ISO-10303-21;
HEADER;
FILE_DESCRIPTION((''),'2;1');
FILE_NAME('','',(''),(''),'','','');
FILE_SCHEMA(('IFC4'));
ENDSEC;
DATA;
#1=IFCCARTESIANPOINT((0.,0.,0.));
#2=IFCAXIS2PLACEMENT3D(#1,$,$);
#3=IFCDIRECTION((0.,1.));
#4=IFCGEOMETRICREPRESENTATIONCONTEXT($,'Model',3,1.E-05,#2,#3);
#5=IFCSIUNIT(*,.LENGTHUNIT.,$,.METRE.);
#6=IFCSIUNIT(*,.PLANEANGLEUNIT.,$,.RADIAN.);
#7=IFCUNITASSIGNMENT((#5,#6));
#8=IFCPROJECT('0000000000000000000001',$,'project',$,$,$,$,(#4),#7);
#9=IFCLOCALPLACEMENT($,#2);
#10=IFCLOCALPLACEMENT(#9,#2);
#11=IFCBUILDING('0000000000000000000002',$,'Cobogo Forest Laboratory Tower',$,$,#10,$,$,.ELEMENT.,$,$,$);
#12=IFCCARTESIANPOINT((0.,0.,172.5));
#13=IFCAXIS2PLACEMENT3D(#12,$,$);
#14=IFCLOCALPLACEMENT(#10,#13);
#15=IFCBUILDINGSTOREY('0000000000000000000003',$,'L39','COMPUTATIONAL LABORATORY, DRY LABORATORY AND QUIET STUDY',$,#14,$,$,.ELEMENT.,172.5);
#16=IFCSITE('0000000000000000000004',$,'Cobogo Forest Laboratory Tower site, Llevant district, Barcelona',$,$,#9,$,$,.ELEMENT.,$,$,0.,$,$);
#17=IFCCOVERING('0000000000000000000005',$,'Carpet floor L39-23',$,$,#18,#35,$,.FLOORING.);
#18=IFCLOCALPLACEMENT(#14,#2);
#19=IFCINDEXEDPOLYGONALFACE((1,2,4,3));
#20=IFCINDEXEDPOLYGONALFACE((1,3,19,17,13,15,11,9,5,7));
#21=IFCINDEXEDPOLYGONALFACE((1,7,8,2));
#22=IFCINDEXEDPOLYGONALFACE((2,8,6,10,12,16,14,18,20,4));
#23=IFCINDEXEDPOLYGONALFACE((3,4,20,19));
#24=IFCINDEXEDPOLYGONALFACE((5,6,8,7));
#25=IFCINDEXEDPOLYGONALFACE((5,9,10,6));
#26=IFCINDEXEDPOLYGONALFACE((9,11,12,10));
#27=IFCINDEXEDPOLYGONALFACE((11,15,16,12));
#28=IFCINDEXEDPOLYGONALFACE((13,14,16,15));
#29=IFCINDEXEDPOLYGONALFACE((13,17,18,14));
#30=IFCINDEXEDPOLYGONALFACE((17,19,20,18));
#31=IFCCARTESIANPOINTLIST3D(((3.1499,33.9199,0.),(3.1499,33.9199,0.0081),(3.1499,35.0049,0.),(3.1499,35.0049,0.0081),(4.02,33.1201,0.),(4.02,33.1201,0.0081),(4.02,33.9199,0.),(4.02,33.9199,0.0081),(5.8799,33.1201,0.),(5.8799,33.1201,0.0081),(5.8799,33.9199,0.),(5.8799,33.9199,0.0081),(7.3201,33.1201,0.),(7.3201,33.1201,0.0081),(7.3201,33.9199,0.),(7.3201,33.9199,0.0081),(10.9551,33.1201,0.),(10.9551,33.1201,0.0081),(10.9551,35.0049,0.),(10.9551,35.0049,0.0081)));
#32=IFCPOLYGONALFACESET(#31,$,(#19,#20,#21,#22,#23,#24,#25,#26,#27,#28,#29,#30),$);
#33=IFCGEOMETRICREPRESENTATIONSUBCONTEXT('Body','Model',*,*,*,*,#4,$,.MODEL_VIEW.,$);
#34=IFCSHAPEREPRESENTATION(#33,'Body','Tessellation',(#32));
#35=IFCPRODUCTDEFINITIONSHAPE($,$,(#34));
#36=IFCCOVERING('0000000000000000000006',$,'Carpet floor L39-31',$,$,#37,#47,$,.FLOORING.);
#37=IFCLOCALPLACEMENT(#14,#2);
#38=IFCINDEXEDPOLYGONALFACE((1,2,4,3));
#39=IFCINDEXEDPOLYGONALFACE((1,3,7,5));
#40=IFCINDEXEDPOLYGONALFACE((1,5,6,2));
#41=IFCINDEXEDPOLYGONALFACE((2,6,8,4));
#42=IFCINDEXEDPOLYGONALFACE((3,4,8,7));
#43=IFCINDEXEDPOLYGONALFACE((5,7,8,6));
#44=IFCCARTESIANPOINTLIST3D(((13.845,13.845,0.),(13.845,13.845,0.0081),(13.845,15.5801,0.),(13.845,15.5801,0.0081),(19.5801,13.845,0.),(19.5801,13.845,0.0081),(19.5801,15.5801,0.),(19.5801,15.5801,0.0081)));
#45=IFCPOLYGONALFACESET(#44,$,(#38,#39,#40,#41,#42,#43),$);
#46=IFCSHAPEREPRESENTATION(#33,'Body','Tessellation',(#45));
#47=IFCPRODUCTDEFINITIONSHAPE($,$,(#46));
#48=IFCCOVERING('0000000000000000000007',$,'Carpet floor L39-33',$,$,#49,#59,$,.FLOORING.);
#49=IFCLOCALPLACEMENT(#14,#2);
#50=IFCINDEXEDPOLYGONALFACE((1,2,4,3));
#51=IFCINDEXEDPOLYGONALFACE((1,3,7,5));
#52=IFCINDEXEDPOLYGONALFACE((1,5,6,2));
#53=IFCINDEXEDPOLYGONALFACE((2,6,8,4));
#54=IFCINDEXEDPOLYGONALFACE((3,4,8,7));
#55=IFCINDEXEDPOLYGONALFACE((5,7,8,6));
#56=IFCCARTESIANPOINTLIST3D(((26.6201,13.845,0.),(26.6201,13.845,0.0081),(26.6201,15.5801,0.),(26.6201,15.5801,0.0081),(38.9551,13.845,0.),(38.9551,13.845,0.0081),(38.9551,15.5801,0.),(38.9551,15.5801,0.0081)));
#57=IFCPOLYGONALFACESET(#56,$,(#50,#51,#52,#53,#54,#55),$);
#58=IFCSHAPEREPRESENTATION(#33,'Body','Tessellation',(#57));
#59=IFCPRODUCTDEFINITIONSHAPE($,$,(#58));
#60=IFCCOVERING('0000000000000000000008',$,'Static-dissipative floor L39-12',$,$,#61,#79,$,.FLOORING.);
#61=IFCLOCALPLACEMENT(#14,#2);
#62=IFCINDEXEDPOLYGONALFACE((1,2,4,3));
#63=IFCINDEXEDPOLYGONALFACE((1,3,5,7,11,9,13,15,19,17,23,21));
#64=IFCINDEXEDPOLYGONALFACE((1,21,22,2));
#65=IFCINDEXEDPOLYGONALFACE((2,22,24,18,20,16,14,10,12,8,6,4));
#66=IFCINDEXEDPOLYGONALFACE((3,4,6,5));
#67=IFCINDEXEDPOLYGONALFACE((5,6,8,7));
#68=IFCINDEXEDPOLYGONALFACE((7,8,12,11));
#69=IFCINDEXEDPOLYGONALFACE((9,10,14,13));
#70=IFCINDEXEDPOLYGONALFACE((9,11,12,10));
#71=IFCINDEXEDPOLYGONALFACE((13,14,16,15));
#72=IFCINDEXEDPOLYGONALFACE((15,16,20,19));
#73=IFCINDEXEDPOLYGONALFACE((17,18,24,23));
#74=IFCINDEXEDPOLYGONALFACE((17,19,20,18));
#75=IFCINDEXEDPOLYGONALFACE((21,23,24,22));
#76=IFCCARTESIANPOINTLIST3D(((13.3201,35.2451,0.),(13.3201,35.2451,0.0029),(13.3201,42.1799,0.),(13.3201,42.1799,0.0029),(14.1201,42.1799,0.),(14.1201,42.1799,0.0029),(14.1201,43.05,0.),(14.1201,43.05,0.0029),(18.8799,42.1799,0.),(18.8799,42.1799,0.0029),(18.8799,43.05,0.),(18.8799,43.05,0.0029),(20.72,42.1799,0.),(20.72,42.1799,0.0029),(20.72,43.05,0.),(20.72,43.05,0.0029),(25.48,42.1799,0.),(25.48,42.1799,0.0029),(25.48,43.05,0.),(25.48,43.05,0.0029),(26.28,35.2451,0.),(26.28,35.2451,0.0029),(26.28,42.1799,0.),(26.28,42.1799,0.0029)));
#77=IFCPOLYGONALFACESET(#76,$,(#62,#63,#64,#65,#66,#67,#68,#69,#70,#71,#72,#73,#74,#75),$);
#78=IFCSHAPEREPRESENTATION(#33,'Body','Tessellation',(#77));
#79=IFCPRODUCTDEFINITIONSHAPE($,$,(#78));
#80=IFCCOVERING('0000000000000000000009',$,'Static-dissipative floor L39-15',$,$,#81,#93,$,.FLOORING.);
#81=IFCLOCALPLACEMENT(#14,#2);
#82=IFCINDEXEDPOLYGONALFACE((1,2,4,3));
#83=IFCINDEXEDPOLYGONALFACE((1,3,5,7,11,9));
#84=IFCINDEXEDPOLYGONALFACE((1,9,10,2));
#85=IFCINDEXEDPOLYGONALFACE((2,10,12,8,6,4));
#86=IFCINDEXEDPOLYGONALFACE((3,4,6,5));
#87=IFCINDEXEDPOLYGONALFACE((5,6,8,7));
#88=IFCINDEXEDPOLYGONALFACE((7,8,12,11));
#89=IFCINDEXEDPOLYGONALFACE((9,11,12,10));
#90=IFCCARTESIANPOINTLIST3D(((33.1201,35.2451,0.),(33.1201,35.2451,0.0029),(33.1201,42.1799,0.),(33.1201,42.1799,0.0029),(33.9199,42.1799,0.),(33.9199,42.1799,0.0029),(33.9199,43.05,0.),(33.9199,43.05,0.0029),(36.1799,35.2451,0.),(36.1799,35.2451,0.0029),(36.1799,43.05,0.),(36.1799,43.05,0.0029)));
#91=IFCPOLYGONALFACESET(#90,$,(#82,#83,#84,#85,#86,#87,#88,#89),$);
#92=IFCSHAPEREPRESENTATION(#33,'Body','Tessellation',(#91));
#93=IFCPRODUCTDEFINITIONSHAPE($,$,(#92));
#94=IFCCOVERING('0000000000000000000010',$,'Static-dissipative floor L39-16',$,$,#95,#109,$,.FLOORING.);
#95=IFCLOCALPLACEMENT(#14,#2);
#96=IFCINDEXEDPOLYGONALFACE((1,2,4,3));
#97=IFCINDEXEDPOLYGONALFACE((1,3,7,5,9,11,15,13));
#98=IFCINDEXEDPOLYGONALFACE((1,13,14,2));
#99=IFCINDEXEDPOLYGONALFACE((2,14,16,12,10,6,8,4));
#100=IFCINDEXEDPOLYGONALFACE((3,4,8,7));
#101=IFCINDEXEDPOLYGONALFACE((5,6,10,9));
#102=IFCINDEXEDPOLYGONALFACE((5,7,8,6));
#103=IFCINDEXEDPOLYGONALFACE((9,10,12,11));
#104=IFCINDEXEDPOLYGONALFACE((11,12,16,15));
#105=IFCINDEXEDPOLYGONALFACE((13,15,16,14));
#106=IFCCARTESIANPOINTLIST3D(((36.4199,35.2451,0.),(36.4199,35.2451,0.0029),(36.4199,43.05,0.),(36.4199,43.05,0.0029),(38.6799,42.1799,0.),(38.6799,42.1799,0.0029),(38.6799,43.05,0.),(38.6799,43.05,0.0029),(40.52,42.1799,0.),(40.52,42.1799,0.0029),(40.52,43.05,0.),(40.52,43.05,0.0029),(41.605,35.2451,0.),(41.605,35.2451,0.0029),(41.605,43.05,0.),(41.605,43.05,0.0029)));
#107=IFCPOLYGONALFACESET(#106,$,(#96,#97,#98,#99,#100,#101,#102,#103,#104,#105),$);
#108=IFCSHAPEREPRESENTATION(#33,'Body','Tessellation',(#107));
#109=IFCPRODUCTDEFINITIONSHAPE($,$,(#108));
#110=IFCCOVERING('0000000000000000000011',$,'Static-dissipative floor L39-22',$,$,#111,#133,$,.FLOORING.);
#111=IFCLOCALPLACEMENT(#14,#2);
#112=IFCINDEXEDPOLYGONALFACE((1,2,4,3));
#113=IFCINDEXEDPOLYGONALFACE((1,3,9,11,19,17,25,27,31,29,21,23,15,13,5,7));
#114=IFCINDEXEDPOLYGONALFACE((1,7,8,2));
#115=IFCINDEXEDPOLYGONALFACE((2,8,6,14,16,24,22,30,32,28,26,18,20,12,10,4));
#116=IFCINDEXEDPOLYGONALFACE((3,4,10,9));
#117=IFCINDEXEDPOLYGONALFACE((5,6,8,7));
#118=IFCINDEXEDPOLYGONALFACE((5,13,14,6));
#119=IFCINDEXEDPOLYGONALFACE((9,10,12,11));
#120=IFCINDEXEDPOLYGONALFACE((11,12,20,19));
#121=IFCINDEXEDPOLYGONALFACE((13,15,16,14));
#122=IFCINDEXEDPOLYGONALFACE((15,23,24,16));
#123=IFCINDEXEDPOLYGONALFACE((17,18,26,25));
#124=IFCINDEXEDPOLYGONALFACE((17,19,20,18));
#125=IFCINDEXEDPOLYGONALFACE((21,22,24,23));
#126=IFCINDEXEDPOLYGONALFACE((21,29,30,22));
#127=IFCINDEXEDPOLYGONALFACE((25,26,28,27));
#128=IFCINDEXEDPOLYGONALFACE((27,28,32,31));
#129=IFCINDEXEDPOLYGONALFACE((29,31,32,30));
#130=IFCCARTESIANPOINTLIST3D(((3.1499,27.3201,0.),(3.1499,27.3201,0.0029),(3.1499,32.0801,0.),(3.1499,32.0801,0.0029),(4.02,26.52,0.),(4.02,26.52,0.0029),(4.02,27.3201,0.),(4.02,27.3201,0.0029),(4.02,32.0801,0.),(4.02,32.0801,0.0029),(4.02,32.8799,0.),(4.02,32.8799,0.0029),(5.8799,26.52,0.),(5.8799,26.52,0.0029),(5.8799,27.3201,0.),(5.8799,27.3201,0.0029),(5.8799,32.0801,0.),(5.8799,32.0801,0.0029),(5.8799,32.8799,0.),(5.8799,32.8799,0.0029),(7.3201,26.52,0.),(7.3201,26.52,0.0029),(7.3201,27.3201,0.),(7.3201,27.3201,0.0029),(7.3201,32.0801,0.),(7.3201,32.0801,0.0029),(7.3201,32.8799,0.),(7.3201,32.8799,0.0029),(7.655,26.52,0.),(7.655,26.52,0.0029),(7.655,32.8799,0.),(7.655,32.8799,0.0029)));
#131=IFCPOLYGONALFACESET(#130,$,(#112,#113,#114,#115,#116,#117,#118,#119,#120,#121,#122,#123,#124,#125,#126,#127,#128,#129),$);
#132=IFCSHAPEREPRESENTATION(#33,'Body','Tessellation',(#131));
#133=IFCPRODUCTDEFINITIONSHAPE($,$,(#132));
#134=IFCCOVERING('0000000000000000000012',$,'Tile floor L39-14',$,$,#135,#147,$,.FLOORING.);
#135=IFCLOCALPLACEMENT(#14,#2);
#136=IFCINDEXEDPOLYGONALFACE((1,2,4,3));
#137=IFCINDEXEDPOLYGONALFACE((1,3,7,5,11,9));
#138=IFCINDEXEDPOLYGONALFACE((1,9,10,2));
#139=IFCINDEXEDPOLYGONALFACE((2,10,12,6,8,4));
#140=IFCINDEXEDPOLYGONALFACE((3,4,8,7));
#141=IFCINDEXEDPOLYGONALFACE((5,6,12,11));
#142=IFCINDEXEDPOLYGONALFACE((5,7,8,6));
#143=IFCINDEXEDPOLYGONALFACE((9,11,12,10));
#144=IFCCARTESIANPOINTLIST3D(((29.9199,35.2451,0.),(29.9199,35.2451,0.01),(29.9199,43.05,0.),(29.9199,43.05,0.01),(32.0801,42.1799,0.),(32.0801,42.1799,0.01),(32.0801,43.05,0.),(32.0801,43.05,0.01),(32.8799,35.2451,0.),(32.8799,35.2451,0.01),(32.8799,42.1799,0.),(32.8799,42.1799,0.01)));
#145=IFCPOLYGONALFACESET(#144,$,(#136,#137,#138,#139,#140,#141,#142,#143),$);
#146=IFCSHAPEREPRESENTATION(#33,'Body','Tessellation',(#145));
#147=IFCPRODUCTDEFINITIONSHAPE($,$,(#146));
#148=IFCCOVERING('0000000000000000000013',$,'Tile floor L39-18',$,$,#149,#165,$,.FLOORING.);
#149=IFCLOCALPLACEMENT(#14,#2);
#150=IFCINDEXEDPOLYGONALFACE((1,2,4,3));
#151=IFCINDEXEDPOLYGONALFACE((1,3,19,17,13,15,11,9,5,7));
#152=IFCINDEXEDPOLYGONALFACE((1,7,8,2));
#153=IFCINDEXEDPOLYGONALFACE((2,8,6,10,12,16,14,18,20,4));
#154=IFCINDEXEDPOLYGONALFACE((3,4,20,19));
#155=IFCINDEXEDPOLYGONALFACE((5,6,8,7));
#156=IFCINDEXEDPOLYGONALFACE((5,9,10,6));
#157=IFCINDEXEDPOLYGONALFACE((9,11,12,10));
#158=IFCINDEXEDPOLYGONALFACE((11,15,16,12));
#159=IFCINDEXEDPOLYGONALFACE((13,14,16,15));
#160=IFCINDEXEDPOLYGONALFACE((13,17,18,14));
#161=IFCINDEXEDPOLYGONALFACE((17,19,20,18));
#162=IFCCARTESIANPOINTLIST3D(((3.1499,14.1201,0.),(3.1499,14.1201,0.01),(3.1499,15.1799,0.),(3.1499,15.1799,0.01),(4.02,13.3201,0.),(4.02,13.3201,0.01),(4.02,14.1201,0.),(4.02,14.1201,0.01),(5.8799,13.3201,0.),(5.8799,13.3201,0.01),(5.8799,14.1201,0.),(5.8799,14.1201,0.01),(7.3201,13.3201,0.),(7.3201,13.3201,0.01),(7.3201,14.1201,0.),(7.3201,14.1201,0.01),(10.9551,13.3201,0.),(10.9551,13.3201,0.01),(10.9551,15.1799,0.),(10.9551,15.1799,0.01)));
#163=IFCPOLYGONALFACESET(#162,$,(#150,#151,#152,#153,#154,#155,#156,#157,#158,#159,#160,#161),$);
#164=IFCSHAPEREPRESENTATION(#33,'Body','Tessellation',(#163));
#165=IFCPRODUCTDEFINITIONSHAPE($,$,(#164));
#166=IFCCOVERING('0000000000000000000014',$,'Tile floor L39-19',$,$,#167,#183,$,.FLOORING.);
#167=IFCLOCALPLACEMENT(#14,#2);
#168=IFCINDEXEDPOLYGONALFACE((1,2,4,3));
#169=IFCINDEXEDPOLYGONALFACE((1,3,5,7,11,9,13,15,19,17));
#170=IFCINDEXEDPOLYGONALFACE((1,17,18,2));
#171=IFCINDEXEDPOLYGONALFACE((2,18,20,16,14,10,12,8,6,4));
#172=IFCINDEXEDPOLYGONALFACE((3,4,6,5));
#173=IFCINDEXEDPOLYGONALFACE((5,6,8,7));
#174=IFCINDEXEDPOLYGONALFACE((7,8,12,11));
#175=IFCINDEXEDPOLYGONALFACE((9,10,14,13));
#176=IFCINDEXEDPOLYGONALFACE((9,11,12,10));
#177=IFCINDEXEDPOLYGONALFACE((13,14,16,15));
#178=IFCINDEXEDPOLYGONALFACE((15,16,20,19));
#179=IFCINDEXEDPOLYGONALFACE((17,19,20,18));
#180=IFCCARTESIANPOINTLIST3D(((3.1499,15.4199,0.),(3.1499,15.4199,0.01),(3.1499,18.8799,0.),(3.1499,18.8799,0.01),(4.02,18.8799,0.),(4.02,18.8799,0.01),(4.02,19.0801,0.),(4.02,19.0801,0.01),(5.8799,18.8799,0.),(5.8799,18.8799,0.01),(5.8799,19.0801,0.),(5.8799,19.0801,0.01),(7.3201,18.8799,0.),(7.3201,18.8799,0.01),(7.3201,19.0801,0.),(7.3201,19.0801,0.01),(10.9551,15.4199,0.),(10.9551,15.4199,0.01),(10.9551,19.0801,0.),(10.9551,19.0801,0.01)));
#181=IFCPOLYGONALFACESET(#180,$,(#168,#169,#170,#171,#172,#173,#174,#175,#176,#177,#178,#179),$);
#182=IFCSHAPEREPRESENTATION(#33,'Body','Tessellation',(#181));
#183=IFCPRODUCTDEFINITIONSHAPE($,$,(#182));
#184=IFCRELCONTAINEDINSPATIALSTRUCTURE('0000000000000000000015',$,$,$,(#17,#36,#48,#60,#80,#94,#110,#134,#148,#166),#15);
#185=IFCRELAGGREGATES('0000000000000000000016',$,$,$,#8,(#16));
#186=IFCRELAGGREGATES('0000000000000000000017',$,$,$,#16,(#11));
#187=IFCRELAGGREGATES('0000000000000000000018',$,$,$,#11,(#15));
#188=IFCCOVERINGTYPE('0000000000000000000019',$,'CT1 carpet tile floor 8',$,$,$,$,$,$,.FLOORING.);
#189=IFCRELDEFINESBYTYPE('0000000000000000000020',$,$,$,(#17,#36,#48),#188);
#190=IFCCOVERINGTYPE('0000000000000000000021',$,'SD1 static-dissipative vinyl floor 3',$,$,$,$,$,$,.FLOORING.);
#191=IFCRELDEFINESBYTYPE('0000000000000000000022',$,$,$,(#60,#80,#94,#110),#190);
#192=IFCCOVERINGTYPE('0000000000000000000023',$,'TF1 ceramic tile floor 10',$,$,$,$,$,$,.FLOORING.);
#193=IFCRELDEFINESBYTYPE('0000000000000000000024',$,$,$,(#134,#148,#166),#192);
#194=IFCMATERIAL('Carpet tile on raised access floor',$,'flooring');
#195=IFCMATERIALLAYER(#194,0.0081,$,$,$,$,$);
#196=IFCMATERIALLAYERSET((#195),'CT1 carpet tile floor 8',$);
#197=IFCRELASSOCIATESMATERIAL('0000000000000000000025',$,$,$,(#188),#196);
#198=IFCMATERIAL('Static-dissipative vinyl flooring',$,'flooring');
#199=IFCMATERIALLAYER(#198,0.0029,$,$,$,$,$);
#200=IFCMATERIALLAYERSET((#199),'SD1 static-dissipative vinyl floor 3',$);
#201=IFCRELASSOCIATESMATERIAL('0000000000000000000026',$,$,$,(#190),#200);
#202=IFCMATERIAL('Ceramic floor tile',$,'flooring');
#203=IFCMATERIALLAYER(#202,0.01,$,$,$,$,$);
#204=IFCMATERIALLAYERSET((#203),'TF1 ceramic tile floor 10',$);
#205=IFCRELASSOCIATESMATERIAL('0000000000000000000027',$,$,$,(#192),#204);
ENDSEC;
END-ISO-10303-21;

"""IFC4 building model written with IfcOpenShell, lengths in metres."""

from ifc_helpers import new_model, si_unit, direction, frame, origin, place, context, subcontext, project, spatial, polyline, outline, extrude, material, layer, layer_set, type_object, element, save


model = new_model("IFC4")

# Units and contexts
model_context = context("Model", 3, precision=1e-05, world=origin(), true_north=direction((0.0, 1.0)))
body_context = subcontext(model_context, "Body", "Model", "MODEL_VIEW")
ifc_project = project(units=[si_unit("LENGTHUNIT", "METRE"), si_unit("PLANEANGLEUNIT", "RADIAN")], contexts=[model_context])

# Site, building, storey
site_placement = place(None, origin())
site = spatial("IfcSite", under=ifc_project, at=site_placement, Name="Cobogo Forest Laboratory Tower site, Llevant district, Barcelona", CompositionType="ELEMENT", RefElevation=0.0)
building_placement = place(site_placement, origin())
building = spatial("IfcBuilding", under=site, at=building_placement, Name="Cobogo Forest Laboratory Tower", CompositionType="ELEMENT")
storey_placement = place(building_placement, frame((0.0, 0.0, 172.5)))
storey = spatial("IfcBuildingStorey", under=building, at=storey_placement, Name="L39", Description="COMPUTATIONAL LABORATORY, DRY LABORATORY AND QUIET STUDY", CompositionType="ELEMENT", Elevation=172.5)

# Coverings
ifc_material_1 = material(Name="Carpet tile on raised access floor", Category="flooring")
ifc_layer_1 = layer(ifc_material_1, 0.0081)
ifc_layer_set_1 = layer_set([ifc_layer_1], Name="CT1 carpet tile floor 8")
covering_type_1 = type_object("IfcCoveringType", Name="CT1 carpet tile floor 8", PredefinedType="FLOORING", material=ifc_layer_set_1)
covering_1_placement = place(storey_placement, origin())
element("IfcCovering", 1, at=covering_1_placement, inside=storey, type_object=covering_type_1, Name="Carpet floor L39-23", PredefinedType="FLOORING", context=body_context, shape_type="SweptSolid", body=[
    extrude(outline(polyline([(10.9551, 33.1201), (7.3201, 33.1201), (7.3201, 33.9199), (5.8799, 33.9199), (5.8799, 33.1201), (4.02, 33.1201), (4.02, 33.9199), (3.1499, 33.9199), (3.1499, 35.0049), (10.9551, 35.0049), (10.9551, 33.1201)])), origin(), (0.0, 0.0, 1.0), 0.0081),
])
covering_2_placement = place(storey_placement, origin())
element("IfcCovering", 2, at=covering_2_placement, inside=storey, type_object=covering_type_1, Name="Carpet floor L39-31", PredefinedType="FLOORING", context=body_context, shape_type="SweptSolid", body=[
    extrude(outline(polyline([(19.5801, 13.845), (13.845, 13.845), (13.845, 15.5801), (19.5801, 15.5801), (19.5801, 13.845)])), origin(), (0.0, 0.0, 1.0), 0.0081),
])
covering_3_placement = place(storey_placement, origin())
element("IfcCovering", 3, at=covering_3_placement, inside=storey, type_object=covering_type_1, Name="Carpet floor L39-33", PredefinedType="FLOORING", context=body_context, shape_type="SweptSolid", body=[
    extrude(outline(polyline([(38.9551, 13.845), (26.6201, 13.845), (26.6201, 15.5801), (38.9551, 15.5801), (38.9551, 13.845)])), origin(), (0.0, 0.0, 1.0), 0.0081),
])
ifc_material_2 = material(Name="Static-dissipative vinyl flooring", Category="flooring")
ifc_layer_2 = layer(ifc_material_2, 0.0029)
ifc_layer_set_2 = layer_set([ifc_layer_2], Name="SD1 static-dissipative vinyl floor 3")
covering_type_2 = type_object("IfcCoveringType", Name="SD1 static-dissipative vinyl floor 3", PredefinedType="FLOORING", material=ifc_layer_set_2)
covering_4_placement = place(storey_placement, origin())
element("IfcCovering", 4, at=covering_4_placement, inside=storey, type_object=covering_type_2, Name="Static-dissipative floor L39-12", PredefinedType="FLOORING", context=body_context, shape_type="SweptSolid", body=[
    extrude(outline(polyline([(13.3201, 35.2451), (13.3201, 42.1799), (14.1201, 42.1799), (14.1201, 43.05), (18.8799, 43.05), (18.8799, 42.1799), (20.72, 42.1799), (20.72, 43.05), (25.48, 43.05), (25.48, 42.1799), (26.28, 42.1799), (26.28, 35.2451), (13.3201, 35.2451)])), origin(), (0.0, 0.0, 1.0), 0.0029),
])
covering_5_placement = place(storey_placement, origin())
element("IfcCovering", 5, at=covering_5_placement, inside=storey, type_object=covering_type_2, Name="Static-dissipative floor L39-15", PredefinedType="FLOORING", context=body_context, shape_type="SweptSolid", body=[
    extrude(outline(polyline([(33.1201, 35.2451), (33.1201, 42.1799), (33.9199, 42.1799), (33.9199, 43.05), (36.1799, 43.05), (36.1799, 35.2451), (33.1201, 35.2451)])), origin(), (0.0, 0.0, 1.0), 0.0029),
])
covering_6_placement = place(storey_placement, origin())
element("IfcCovering", 6, at=covering_6_placement, inside=storey, type_object=covering_type_2, Name="Static-dissipative floor L39-16", PredefinedType="FLOORING", context=body_context, shape_type="SweptSolid", body=[
    extrude(outline(polyline([(36.4199, 35.2451), (36.4199, 43.05), (38.6799, 43.05), (38.6799, 42.1799), (40.52, 42.1799), (40.52, 43.05), (41.605, 43.05), (41.605, 35.2451), (36.4199, 35.2451)])), origin(), (0.0, 0.0, 1.0), 0.0029),
])
covering_7_placement = place(storey_placement, origin())
element("IfcCovering", 7, at=covering_7_placement, inside=storey, type_object=covering_type_2, Name="Static-dissipative floor L39-22", PredefinedType="FLOORING", context=body_context, shape_type="SweptSolid", body=[
    extrude(outline(polyline([(7.655, 26.52), (7.3201, 26.52), (7.3201, 27.3201), (5.8799, 27.3201), (5.8799, 26.52), (4.02, 26.52), (4.02, 27.3201), (3.1499, 27.3201), (3.1499, 32.0801), (4.02, 32.0801), (4.02, 32.8799), (5.8799, 32.8799), (5.8799, 32.0801), (7.3201, 32.0801), (7.3201, 32.8799), (7.655, 32.8799), (7.655, 26.52)])), origin(), (0.0, 0.0, 1.0), 0.0029),
])
ifc_material_3 = material(Name="Ceramic floor tile", Category="flooring")
ifc_layer_3 = layer(ifc_material_3, 0.01)
ifc_layer_set_3 = layer_set([ifc_layer_3], Name="TF1 ceramic tile floor 10")
covering_type_3 = type_object("IfcCoveringType", Name="TF1 ceramic tile floor 10", PredefinedType="FLOORING", material=ifc_layer_set_3)
covering_8_placement = place(storey_placement, origin())
element("IfcCovering", 8, at=covering_8_placement, inside=storey, type_object=covering_type_3, Name="Tile floor L39-14", PredefinedType="FLOORING", context=body_context, shape_type="SweptSolid", body=[
    extrude(outline(polyline([(29.9199, 35.2451), (29.9199, 43.05), (32.0801, 43.05), (32.0801, 42.1799), (32.8799, 42.1799), (32.8799, 35.2451), (29.9199, 35.2451)])), origin(), (0.0, 0.0, 1.0), 0.01),
])
covering_9_placement = place(storey_placement, origin())
element("IfcCovering", 9, at=covering_9_placement, inside=storey, type_object=covering_type_3, Name="Tile floor L39-18", PredefinedType="FLOORING", context=body_context, shape_type="SweptSolid", body=[
    extrude(outline(polyline([(10.9551, 13.3201), (7.3201, 13.3201), (7.3201, 14.1201), (5.8799, 14.1201), (5.8799, 13.3201), (4.02, 13.3201), (4.02, 14.1201), (3.1499, 14.1201), (3.1499, 15.1799), (10.9551, 15.1799), (10.9551, 13.3201)])), origin(), (0.0, 0.0, 1.0), 0.01),
])
covering_10_placement = place(storey_placement, origin())
element("IfcCovering", 10, at=covering_10_placement, inside=storey, type_object=covering_type_3, Name="Tile floor L39-19", PredefinedType="FLOORING", context=body_context, shape_type="SweptSolid", body=[
    extrude(outline(polyline([(10.9551, 15.4199), (3.1499, 15.4199), (3.1499, 18.8799), (4.02, 18.8799), (4.02, 19.0801), (5.8799, 19.0801), (5.8799, 18.8799), (7.3201, 18.8799), (7.3201, 19.0801), (10.9551, 19.0801), (10.9551, 15.4199)])), origin(), (0.0, 0.0, 1.0), 0.01),
])

save(model, "model.ifc")
